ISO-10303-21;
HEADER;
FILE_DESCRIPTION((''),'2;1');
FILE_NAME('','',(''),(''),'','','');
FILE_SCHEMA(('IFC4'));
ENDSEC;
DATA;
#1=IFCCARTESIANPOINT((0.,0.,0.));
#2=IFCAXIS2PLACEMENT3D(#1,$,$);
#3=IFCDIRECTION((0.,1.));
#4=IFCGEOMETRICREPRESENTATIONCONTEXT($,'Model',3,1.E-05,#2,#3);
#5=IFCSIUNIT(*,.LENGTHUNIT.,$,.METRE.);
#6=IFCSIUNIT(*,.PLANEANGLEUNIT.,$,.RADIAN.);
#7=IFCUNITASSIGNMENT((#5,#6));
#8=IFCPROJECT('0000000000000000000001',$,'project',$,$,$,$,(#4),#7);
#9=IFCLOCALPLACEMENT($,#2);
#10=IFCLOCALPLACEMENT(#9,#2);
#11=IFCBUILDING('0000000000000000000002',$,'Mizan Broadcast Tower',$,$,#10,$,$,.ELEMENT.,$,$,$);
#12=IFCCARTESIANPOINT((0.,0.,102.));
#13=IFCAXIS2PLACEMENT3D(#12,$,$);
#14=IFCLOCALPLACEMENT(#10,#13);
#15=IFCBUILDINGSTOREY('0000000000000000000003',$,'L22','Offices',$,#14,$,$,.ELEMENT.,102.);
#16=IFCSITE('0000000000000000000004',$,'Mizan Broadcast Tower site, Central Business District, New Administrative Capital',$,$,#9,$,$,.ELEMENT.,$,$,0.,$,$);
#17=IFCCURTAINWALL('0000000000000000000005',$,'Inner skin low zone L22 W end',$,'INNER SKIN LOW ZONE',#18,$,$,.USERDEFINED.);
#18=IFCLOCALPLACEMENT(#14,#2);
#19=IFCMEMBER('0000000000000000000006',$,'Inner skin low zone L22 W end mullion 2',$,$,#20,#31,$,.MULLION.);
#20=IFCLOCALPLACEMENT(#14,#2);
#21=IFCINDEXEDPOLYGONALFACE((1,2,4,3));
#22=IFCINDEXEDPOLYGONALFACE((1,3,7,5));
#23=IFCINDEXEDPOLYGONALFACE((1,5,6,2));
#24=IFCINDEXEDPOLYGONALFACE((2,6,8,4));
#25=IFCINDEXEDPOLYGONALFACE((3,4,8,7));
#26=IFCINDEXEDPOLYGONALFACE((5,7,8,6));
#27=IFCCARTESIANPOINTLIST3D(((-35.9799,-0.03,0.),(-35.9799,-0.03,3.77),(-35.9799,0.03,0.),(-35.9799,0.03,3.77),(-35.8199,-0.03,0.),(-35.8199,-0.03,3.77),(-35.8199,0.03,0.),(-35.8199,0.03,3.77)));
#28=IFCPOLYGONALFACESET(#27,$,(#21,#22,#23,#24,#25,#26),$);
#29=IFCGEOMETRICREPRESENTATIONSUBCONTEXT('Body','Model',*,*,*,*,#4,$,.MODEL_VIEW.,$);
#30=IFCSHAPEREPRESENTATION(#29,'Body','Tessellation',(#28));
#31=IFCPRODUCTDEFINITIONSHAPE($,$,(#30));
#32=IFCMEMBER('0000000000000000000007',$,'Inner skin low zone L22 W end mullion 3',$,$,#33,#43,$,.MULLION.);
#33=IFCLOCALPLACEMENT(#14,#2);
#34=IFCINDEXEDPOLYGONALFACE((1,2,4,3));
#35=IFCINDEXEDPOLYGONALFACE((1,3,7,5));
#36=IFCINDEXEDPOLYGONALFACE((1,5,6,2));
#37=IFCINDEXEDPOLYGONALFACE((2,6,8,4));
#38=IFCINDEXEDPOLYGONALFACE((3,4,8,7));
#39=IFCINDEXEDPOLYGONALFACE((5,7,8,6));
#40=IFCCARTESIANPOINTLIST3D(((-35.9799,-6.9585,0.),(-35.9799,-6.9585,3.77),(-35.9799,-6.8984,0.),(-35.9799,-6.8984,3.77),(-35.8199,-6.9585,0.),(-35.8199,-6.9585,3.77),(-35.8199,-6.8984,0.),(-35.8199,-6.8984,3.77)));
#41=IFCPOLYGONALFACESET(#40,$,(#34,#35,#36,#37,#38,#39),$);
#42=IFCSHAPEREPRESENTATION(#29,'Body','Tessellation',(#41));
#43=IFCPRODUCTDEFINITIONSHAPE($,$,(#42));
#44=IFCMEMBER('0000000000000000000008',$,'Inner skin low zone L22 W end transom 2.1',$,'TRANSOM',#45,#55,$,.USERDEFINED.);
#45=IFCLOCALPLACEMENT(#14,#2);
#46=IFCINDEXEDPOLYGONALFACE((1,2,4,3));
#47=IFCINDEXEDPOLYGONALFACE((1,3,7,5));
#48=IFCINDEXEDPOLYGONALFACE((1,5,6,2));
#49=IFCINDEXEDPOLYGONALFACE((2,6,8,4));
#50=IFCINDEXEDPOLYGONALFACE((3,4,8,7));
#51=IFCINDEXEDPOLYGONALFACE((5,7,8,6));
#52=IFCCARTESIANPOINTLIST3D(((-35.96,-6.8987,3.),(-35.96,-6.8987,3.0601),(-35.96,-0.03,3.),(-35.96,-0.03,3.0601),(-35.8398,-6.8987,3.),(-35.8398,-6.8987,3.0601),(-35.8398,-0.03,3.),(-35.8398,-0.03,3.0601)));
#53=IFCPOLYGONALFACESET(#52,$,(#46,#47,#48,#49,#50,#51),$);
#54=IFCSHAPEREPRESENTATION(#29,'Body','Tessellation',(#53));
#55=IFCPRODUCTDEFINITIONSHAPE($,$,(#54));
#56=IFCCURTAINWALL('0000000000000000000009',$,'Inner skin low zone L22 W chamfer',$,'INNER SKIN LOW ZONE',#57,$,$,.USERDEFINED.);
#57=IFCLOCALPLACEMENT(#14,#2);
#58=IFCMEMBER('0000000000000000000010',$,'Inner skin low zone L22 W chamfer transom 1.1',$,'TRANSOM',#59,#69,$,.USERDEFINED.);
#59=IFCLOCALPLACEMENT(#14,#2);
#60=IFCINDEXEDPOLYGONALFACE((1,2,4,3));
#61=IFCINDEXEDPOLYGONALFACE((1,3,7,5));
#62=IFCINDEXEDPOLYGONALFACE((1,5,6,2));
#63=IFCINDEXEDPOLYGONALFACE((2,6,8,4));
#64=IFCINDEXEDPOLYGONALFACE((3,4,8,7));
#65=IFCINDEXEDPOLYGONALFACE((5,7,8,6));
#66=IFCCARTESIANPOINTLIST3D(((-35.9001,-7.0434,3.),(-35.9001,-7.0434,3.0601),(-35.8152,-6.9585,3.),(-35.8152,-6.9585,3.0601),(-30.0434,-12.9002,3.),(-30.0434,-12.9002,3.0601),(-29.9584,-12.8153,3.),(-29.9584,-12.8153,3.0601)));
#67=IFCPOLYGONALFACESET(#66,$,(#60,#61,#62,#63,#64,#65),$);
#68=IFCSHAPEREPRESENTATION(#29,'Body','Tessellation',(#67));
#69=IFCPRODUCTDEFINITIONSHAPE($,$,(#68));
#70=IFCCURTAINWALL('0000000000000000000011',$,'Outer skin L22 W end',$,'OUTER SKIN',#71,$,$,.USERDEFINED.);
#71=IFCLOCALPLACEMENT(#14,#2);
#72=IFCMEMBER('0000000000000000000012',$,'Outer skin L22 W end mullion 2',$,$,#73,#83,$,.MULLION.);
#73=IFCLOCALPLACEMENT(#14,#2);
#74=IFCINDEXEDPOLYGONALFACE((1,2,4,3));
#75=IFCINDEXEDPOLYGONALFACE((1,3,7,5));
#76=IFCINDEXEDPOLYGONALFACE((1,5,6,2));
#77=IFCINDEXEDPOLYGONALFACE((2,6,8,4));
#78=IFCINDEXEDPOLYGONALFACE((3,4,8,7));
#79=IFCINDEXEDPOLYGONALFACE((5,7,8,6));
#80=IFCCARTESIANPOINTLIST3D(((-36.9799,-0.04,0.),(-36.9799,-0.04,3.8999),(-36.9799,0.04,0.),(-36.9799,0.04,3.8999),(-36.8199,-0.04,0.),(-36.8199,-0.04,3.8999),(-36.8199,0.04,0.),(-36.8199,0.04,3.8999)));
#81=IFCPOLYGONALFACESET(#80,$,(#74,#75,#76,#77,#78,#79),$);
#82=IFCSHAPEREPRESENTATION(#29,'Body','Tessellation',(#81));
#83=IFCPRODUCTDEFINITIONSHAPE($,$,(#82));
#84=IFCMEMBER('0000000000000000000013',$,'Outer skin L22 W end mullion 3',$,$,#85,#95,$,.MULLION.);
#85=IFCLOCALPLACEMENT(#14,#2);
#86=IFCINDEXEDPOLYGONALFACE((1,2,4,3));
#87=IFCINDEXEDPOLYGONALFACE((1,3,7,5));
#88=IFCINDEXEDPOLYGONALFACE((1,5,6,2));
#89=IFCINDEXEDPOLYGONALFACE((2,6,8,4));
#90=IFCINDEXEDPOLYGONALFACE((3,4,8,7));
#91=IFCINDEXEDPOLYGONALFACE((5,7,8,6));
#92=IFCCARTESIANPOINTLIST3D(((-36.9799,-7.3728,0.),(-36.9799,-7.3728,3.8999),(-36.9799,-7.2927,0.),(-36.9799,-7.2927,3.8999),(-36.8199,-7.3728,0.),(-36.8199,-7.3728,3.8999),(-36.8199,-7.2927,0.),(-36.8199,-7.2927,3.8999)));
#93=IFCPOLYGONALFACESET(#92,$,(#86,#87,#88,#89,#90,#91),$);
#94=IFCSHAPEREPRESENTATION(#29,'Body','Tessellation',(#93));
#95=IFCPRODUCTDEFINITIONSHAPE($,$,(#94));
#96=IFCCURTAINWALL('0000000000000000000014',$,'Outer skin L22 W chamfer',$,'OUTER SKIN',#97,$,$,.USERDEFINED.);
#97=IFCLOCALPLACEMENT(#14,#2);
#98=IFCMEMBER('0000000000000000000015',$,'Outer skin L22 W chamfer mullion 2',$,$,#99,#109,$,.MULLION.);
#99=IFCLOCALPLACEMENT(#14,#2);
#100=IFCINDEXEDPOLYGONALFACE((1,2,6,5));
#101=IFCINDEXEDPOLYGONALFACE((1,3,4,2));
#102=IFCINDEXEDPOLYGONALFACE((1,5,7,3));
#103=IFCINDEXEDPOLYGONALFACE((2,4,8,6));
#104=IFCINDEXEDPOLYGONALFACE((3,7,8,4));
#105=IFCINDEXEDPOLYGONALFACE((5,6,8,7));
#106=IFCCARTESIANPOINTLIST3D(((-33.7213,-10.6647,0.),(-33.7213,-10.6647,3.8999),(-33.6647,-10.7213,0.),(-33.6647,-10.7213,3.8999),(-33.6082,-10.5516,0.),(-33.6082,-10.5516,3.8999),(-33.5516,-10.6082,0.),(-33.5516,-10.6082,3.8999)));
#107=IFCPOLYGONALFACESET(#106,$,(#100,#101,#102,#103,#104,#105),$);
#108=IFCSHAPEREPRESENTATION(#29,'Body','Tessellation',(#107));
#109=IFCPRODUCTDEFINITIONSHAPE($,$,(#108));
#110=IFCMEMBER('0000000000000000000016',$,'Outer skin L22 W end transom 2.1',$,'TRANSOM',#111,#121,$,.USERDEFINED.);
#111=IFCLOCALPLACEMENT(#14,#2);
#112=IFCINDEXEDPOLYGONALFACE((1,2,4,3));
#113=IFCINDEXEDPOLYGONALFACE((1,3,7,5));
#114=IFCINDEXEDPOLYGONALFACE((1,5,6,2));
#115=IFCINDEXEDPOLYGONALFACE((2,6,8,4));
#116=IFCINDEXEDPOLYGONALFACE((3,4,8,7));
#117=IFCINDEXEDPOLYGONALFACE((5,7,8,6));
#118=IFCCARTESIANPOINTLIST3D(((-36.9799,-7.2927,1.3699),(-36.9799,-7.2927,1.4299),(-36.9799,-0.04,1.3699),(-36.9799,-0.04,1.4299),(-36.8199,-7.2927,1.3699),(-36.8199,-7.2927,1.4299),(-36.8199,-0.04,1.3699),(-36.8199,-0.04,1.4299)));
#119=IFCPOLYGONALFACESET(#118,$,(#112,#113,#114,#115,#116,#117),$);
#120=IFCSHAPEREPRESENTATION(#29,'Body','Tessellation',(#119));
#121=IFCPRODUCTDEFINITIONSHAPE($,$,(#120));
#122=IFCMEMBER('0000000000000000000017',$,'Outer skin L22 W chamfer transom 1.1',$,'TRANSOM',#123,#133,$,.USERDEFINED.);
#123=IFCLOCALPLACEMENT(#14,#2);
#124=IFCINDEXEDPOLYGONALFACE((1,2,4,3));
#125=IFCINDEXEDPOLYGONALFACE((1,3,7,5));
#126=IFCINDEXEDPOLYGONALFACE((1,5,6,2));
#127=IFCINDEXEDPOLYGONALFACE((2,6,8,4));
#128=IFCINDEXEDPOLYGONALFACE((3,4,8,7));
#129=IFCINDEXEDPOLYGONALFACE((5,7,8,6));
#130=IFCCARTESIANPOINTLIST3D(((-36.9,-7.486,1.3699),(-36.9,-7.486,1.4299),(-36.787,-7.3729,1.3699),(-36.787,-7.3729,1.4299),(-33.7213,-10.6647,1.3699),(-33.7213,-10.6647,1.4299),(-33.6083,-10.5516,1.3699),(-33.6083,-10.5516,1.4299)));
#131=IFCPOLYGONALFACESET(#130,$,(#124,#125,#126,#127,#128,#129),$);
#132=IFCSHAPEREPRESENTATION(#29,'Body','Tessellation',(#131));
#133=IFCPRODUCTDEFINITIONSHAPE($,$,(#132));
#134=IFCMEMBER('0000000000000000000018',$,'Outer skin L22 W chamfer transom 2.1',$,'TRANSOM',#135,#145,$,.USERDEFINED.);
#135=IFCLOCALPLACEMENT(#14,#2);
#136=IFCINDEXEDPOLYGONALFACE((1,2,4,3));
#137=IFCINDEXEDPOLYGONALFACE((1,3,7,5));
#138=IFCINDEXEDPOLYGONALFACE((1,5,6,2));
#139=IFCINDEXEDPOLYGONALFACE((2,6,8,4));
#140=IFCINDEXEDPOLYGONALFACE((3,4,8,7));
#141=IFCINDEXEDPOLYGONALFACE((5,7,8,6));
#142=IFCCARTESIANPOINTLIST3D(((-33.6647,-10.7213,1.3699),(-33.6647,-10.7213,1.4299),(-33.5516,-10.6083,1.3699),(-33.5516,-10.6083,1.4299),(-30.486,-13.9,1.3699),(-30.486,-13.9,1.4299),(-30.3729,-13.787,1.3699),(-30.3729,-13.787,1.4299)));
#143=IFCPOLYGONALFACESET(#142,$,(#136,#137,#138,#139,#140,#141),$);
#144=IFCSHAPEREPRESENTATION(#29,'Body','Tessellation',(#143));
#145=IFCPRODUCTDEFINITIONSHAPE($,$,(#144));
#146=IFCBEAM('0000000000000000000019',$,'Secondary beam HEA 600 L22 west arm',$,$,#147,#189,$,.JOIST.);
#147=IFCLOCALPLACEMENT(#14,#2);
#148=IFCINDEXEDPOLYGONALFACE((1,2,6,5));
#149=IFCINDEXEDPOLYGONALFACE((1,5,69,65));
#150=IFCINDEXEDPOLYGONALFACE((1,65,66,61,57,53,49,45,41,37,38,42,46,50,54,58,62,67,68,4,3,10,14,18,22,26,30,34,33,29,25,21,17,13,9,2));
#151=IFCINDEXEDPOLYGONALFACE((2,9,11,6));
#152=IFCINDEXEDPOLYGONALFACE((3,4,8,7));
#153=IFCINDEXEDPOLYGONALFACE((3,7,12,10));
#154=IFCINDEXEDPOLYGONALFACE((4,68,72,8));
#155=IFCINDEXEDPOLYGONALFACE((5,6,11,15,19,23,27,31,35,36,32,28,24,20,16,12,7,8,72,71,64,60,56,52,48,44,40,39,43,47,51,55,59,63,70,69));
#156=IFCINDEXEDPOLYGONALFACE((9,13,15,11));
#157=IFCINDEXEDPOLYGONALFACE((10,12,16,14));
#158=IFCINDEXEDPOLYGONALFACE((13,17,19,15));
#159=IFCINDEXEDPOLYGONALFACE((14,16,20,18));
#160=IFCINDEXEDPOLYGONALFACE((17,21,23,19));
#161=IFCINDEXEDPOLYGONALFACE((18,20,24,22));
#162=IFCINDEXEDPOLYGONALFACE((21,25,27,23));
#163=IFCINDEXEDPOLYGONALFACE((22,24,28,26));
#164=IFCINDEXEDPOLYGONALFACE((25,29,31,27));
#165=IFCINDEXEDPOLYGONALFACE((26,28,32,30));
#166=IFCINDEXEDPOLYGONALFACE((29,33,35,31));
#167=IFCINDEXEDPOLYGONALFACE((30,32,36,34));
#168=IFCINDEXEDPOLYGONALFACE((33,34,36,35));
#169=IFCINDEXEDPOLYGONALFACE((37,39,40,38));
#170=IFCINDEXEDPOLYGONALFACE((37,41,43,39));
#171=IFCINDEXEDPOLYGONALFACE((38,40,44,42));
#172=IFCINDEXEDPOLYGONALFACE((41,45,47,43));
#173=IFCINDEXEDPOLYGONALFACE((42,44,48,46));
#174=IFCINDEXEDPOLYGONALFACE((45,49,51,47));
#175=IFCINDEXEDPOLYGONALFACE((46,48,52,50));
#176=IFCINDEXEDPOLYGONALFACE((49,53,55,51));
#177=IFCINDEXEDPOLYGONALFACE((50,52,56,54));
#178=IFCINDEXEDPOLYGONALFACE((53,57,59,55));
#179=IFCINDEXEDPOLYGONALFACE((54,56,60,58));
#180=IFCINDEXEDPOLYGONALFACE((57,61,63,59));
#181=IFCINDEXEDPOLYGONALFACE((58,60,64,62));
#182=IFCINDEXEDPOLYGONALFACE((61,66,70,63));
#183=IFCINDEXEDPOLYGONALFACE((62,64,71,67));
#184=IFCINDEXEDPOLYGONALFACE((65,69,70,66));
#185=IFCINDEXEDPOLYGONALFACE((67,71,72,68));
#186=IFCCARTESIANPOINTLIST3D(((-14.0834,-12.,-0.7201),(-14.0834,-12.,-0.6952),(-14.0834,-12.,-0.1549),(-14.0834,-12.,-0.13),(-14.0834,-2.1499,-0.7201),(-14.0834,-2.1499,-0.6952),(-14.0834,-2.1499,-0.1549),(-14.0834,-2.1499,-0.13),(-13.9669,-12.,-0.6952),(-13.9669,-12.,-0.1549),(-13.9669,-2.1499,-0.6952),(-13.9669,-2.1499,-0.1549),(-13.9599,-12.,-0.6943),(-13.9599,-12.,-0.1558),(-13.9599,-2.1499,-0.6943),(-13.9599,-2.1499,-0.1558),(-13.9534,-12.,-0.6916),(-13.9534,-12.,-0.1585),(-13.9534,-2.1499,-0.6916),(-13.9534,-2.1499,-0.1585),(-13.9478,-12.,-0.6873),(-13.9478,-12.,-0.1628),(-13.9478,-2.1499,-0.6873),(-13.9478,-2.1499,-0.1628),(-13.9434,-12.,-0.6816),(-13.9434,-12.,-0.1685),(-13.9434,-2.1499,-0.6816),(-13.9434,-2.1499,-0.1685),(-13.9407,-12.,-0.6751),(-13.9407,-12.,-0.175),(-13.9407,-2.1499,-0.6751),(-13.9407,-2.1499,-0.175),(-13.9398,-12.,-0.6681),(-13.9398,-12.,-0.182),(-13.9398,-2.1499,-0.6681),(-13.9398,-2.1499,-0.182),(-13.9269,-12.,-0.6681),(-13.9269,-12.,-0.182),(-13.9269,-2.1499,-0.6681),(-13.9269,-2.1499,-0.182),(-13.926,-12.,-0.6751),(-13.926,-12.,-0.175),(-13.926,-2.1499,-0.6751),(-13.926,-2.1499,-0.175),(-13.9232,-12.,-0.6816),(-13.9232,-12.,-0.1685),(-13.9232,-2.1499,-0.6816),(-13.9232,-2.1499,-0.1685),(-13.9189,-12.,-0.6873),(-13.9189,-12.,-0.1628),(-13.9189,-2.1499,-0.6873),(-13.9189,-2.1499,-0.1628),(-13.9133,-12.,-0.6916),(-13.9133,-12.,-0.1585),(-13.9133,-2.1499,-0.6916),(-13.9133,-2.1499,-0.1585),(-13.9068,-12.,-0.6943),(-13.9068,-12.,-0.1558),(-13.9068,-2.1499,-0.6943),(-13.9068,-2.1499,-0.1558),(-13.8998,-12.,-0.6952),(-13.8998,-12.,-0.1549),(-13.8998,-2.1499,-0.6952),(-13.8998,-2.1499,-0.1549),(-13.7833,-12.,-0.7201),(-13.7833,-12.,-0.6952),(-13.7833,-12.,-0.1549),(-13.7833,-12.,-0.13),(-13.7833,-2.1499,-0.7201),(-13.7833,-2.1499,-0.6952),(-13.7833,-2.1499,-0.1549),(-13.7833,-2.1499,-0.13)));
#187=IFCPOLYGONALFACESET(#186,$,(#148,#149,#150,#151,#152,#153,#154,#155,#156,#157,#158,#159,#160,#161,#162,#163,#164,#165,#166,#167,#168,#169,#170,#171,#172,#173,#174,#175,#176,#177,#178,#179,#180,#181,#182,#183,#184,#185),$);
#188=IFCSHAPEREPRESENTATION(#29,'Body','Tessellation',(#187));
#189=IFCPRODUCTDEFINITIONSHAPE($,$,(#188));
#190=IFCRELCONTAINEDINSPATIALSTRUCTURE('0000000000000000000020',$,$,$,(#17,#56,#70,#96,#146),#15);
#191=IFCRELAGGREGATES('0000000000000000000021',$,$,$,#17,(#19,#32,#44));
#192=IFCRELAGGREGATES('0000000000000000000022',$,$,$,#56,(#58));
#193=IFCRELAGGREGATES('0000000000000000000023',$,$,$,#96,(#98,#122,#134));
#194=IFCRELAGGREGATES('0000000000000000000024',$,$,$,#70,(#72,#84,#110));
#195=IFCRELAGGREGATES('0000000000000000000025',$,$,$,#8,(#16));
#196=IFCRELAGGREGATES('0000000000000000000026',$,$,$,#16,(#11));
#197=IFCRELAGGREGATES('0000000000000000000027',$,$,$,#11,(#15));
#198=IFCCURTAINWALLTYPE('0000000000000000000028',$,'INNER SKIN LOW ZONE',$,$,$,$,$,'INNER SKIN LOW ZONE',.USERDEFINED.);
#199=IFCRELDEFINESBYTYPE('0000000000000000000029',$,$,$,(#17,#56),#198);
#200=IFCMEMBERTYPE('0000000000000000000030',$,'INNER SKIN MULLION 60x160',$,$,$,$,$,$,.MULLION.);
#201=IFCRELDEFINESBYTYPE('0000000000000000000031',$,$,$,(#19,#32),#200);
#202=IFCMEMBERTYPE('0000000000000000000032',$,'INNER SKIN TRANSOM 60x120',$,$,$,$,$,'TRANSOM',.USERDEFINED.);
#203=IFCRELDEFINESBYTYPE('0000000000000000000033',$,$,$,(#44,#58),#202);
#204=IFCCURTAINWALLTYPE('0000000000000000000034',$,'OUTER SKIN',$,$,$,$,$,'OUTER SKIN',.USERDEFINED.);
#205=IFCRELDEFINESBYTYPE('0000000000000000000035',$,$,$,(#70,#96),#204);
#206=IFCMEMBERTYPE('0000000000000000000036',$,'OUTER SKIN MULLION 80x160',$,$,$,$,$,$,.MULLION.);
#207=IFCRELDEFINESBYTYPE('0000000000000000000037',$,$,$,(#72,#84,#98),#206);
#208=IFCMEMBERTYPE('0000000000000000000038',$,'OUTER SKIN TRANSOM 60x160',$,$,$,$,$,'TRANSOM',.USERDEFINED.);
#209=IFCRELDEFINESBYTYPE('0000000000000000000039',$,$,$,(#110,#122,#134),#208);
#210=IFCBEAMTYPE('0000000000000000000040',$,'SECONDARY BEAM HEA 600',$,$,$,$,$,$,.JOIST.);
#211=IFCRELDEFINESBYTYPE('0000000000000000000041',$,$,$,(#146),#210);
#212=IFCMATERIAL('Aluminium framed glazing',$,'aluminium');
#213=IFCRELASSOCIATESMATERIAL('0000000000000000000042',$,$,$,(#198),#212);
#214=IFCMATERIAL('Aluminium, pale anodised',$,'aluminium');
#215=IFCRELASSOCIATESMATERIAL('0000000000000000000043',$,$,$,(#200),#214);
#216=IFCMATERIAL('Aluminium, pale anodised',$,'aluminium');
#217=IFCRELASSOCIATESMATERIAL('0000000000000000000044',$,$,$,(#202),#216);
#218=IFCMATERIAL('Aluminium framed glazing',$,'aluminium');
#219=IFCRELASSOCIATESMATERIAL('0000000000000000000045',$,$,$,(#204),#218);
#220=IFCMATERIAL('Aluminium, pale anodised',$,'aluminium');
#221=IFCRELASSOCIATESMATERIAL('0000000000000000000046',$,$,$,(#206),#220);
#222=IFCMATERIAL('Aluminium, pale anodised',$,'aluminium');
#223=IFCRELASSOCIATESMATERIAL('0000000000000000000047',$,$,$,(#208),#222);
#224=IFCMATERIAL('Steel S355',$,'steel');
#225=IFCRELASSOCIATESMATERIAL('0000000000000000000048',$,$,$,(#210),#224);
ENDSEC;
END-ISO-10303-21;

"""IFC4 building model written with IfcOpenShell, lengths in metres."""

from ifc_helpers import new_model, si_unit, direction, frame, origin, origin_2d, place, context, subcontext, project, spatial, rectangle, i_section, extrude, material, material_profile, profile_set, type_object, element, aggregate, save


model = new_model("IFC4")

# Units and contexts
model_context = context("Model", 3, precision=1e-05, world=origin(), true_north=direction((0.0, 1.0)))
body_context = subcontext(model_context, "Body", "Model", "MODEL_VIEW")
ifc_project = project(units=[si_unit("LENGTHUNIT", "METRE"), si_unit("PLANEANGLEUNIT", "RADIAN")], contexts=[model_context])

# Site, building, storey
site_placement = place(None, origin())
site = spatial("IfcSite", under=ifc_project, at=site_placement, Name="Mizan Broadcast Tower site, Central Business District, New Administrative Capital", CompositionType="ELEMENT", RefElevation=0.0)
building_placement = place(site_placement, origin())
building = spatial("IfcBuilding", under=site, at=building_placement, Name="Mizan Broadcast Tower", CompositionType="ELEMENT")
storey_placement = place(building_placement, frame((0.0, 0.0, 102.0)))
storey = spatial("IfcBuildingStorey", under=building, at=storey_placement, Name="L22", Description="Offices", CompositionType="ELEMENT", Elevation=102.0)

# Curtain wall, members
ifc_material_1 = material(Name="Aluminium framed glazing", Category="aluminium")
curtain_wall_type_1 = type_object("IfcCurtainWallType", Name="INNER SKIN LOW ZONE", ElementType="INNER SKIN LOW ZONE", PredefinedType="USERDEFINED", material=ifc_material_1)
curtain_wall_1_placement = place(storey_placement, origin())
curtain_wall_1 = element("IfcCurtainWall", 1, at=curtain_wall_1_placement, inside=storey, type_object=curtain_wall_type_1, Name="Inner skin low zone L22 W end", ObjectType="INNER SKIN LOW ZONE", PredefinedType="USERDEFINED")
ifc_material_2 = material(Name="Aluminium, pale anodised", Category="aluminium")
ifc_material_profile_1 = material_profile(ifc_material_2, rectangle(XDim=0.1599, YDim=0.0601, at=origin_2d()), Name="MULLION 160x60")
ifc_profile_set_1 = profile_set([ifc_material_profile_1], Name="Aluminium, pale anodised")
member_type_1 = type_object("IfcMemberType", Name="INNER SKIN MULLION 60x160", PredefinedType="MULLION", material=ifc_profile_set_1)
member_1_placement = place(storey_placement, frame((-35.8999, 0.0, 0.0), z_axis=(0.0, 0.0, 1.0), x_axis=(1.0, 0.0, 0.0)))
member_1 = element("IfcMember", 2, at=member_1_placement, type_object=member_type_1, Name="Inner skin low zone L22 W end mullion 2", PredefinedType="MULLION", context=body_context, shape_type="SweptSolid", body=[
    extrude(rectangle(XDim=0.1599, YDim=0.0601, at=origin_2d()), origin(), (0.0, 0.0, 1.0), 3.77),
])
member_2_placement = place(storey_placement, frame((-35.8999, -6.9285, 0.0), z_axis=(0.0, 0.0, 1.0), x_axis=(1.0, 0.0, 0.0)))
member_2 = element("IfcMember", 3, at=member_2_placement, type_object=member_type_1, Name="Inner skin low zone L22 W end mullion 3", PredefinedType="MULLION", context=body_context, shape_type="SweptSolid", body=[
    extrude(rectangle(XDim=0.1599, YDim=0.0601, at=origin_2d()), origin(), (0.0, 0.0, 1.0), 3.77),
])
ifc_material_3 = material(Name="Aluminium, pale anodised", Category="aluminium")
ifc_material_profile_2 = material_profile(ifc_material_3, rectangle(XDim=0.1201, YDim=0.0601, at=origin_2d()), Name="TRANSOM 120x60")
ifc_profile_set_2 = profile_set([ifc_material_profile_2], Name="Aluminium, pale anodised")
member_type_2 = type_object("IfcMemberType", Name="INNER SKIN TRANSOM 60x120", ElementType="TRANSOM", PredefinedType="USERDEFINED", material=ifc_profile_set_2)
member_3_placement = place(storey_placement, frame((-35.8999, -0.03, 3.03), z_axis=(0.0, -1.0, 0.0), x_axis=(1.0, 0.0, 0.0)))
member_3 = element("IfcMember", 4, at=member_3_placement, type_object=member_type_2, Name="Inner skin low zone L22 W end transom 2.1", ObjectType="TRANSOM", PredefinedType="USERDEFINED", context=body_context, shape_type="SweptSolid", body=[
    extrude(rectangle(XDim=0.1201, YDim=0.0601, at=origin_2d()), origin(), (0.0, 0.0, 1.0), 6.8687),
])

# Curtain wall, member
curtain_wall_2_placement = place(storey_placement, origin())
curtain_wall_2 = element("IfcCurtainWall", 5, at=curtain_wall_2_placement, inside=storey, type_object=curtain_wall_type_1, Name="Inner skin low zone L22 W chamfer", ObjectType="INNER SKIN LOW ZONE", PredefinedType="USERDEFINED")
member_4_placement = place(storey_placement, frame((-35.8577, -7.001, 3.03), z_axis=(0.707107, -0.707107, 0.0), x_axis=(0.707107, 0.707107, 0.0)))
member_4 = element("IfcMember", 6, at=member_4_placement, type_object=member_type_2, Name="Inner skin low zone L22 W chamfer transom 1.1", ObjectType="TRANSOM", PredefinedType="USERDEFINED", context=body_context, shape_type="SweptSolid", body=[
    extrude(rectangle(XDim=0.1201, YDim=0.0601, at=origin_2d()), origin(), (0.0, 0.0, 1.0), 8.2827),
])

# Curtain wall, members
ifc_material_4 = material(Name="Aluminium framed glazing", Category="aluminium")
curtain_wall_type_2 = type_object("IfcCurtainWallType", Name="OUTER SKIN", ElementType="OUTER SKIN", PredefinedType="USERDEFINED", material=ifc_material_4)
curtain_wall_3_placement = place(storey_placement, origin())
curtain_wall_3 = element("IfcCurtainWall", 7, at=curtain_wall_3_placement, inside=storey, type_object=curtain_wall_type_2, Name="Outer skin L22 W end", ObjectType="OUTER SKIN", PredefinedType="USERDEFINED")
ifc_material_5 = material(Name="Aluminium, pale anodised", Category="aluminium")
ifc_material_profile_3 = material_profile(ifc_material_5, rectangle(XDim=0.1599, YDim=0.0801, at=origin_2d()), Name="MULLION 160x80")
ifc_profile_set_3 = profile_set([ifc_material_profile_3], Name="Aluminium, pale anodised")
member_type_3 = type_object("IfcMemberType", Name="OUTER SKIN MULLION 80x160", PredefinedType="MULLION", material=ifc_profile_set_3)
member_5_placement = place(storey_placement, frame((-36.8999, 0.0, 0.0), z_axis=(0.0, 0.0, 1.0), x_axis=(1.0, 0.0, 0.0)))
member_5 = element("IfcMember", 8, at=member_5_placement, type_object=member_type_3, Name="Outer skin L22 W end mullion 2", PredefinedType="MULLION", context=body_context, shape_type="SweptSolid", body=[
    extrude(rectangle(XDim=0.1599, YDim=0.0801, at=origin_2d()), origin(), (0.0, 0.0, 1.0), 3.8999),
])
member_6_placement = place(storey_placement, frame((-36.8999, -7.3328, 0.0), z_axis=(0.0, 0.0, 1.0), x_axis=(1.0, 0.0, 0.0)))
member_6 = element("IfcMember", 9, at=member_6_placement, type_object=member_type_3, Name="Outer skin L22 W end mullion 3", PredefinedType="MULLION", context=body_context, shape_type="SweptSolid", body=[
    extrude(rectangle(XDim=0.1599, YDim=0.0801, at=origin_2d()), origin(), (0.0, 0.0, 1.0), 3.8999),
])

# Curtain wall, member
curtain_wall_4_placement = place(storey_placement, origin())
curtain_wall_4 = element("IfcCurtainWall", 10, at=curtain_wall_4_placement, inside=storey, type_object=curtain_wall_type_2, Name="Outer skin L22 W chamfer", ObjectType="OUTER SKIN", PredefinedType="USERDEFINED")
member_7_placement = place(storey_placement, frame((-33.6365, -10.6365, 0.0), z_axis=(0.0, 0.0, 1.0), x_axis=(0.707107, 0.707107, 0.0)))
member_7 = element("IfcMember", 11, at=member_7_placement, type_object=member_type_3, Name="Outer skin L22 W chamfer mullion 2", PredefinedType="MULLION", context=body_context, shape_type="SweptSolid", body=[
    extrude(rectangle(XDim=0.1599, YDim=0.0801, at=origin_2d()), origin(), (0.0, 0.0, 1.0), 3.8999),
])

# Members
ifc_material_6 = material(Name="Aluminium, pale anodised", Category="aluminium")
ifc_material_profile_4 = material_profile(ifc_material_6, rectangle(XDim=0.1599, YDim=0.0601, at=origin_2d()), Name="TRANSOM 160x60")
ifc_profile_set_4 = profile_set([ifc_material_profile_4], Name="Aluminium, pale anodised")
member_type_4 = type_object("IfcMemberType", Name="OUTER SKIN TRANSOM 60x160", ElementType="TRANSOM", PredefinedType="USERDEFINED", material=ifc_profile_set_4)
member_8_placement = place(storey_placement, frame((-36.8999, -0.04, 1.3999), z_axis=(0.0, -1.0, 0.0), x_axis=(1.0, 0.0, 0.0)))
member_8 = element("IfcMember", 12, at=member_8_placement, type_object=member_type_4, Name="Outer skin L22 W end transom 2.1", ObjectType="TRANSOM", PredefinedType="USERDEFINED", context=body_context, shape_type="SweptSolid", body=[
    extrude(rectangle(XDim=0.1599, YDim=0.0601, at=origin_2d()), origin(), (0.0, 0.0, 1.0), 7.2527),
])
member_9_placement = place(storey_placement, frame((-36.8435, -7.4294, 1.3999), z_axis=(0.707107, -0.707107, 0.0), x_axis=(0.707107, 0.707107, 0.0)))
member_9 = element("IfcMember", 13, at=member_9_placement, type_object=member_type_4, Name="Outer skin L22 W chamfer transom 1.1", ObjectType="TRANSOM", PredefinedType="USERDEFINED", context=body_context, shape_type="SweptSolid", body=[
    extrude(rectangle(XDim=0.1599, YDim=0.0601, at=origin_2d()), origin(), (0.0, 0.0, 1.0), 4.4954),
])
member_10_placement = place(storey_placement, frame((-33.6082, -10.6648, 1.3999), z_axis=(0.707107, -0.707107, 0.0), x_axis=(0.707107, 0.707107, 0.0)))
member_10 = element("IfcMember", 14, at=member_10_placement, type_object=member_type_4, Name="Outer skin L22 W chamfer transom 2.1", ObjectType="TRANSOM", PredefinedType="USERDEFINED", context=body_context, shape_type="SweptSolid", body=[
    extrude(rectangle(XDim=0.1599, YDim=0.0601, at=origin_2d()), origin(), (0.0, 0.0, 1.0), 4.4954),
])

# Beam
ifc_material_7 = material(Name="Steel S355", Category="steel")
ifc_material_profile_5 = material_profile(ifc_material_7, i_section(OverallWidth=0.3, OverallDepth=0.5901, WebThickness=0.0129, FlangeThickness=0.0249, FilletRadius=0.0271, at=origin_2d()), Name="HEA 600")
ifc_profile_set_5 = profile_set([ifc_material_profile_5], Name="Steel S355")
beam_type_1 = type_object("IfcBeamType", Name="SECONDARY BEAM HEA 600", PredefinedType="JOIST", material=ifc_profile_set_5)
for number, where, z_axis, x_axis, name in (
    (15, (-13.9333, -12.0, -0.425), (0.0, 1.0, 0.0), (-1.0, 0.0, 0.0), "Secondary beam HEA 600 L22 west arm"),
):
    element("IfcBeam", number, at=place(storey_placement, frame(where, z_axis=z_axis, x_axis=x_axis)), inside=storey, type_object=beam_type_1, Name=name, PredefinedType="JOIST", context=body_context, shape_type="SweptSolid", body=[
        extrude(i_section(OverallWidth=0.3, OverallDepth=0.5901, WebThickness=0.0129, FlangeThickness=0.0249, FilletRadius=0.0271, at=origin_2d()), origin(), (0.0, 0.0, 1.0), 9.8501),
    ])

aggregate(curtain_wall_1, [member_1, member_2, member_3])
aggregate(curtain_wall_2, [member_4])
aggregate(curtain_wall_4, [member_7, member_9, member_10])
aggregate(curtain_wall_3, [member_5, member_6, member_8])

save(model, "model.ifc")
